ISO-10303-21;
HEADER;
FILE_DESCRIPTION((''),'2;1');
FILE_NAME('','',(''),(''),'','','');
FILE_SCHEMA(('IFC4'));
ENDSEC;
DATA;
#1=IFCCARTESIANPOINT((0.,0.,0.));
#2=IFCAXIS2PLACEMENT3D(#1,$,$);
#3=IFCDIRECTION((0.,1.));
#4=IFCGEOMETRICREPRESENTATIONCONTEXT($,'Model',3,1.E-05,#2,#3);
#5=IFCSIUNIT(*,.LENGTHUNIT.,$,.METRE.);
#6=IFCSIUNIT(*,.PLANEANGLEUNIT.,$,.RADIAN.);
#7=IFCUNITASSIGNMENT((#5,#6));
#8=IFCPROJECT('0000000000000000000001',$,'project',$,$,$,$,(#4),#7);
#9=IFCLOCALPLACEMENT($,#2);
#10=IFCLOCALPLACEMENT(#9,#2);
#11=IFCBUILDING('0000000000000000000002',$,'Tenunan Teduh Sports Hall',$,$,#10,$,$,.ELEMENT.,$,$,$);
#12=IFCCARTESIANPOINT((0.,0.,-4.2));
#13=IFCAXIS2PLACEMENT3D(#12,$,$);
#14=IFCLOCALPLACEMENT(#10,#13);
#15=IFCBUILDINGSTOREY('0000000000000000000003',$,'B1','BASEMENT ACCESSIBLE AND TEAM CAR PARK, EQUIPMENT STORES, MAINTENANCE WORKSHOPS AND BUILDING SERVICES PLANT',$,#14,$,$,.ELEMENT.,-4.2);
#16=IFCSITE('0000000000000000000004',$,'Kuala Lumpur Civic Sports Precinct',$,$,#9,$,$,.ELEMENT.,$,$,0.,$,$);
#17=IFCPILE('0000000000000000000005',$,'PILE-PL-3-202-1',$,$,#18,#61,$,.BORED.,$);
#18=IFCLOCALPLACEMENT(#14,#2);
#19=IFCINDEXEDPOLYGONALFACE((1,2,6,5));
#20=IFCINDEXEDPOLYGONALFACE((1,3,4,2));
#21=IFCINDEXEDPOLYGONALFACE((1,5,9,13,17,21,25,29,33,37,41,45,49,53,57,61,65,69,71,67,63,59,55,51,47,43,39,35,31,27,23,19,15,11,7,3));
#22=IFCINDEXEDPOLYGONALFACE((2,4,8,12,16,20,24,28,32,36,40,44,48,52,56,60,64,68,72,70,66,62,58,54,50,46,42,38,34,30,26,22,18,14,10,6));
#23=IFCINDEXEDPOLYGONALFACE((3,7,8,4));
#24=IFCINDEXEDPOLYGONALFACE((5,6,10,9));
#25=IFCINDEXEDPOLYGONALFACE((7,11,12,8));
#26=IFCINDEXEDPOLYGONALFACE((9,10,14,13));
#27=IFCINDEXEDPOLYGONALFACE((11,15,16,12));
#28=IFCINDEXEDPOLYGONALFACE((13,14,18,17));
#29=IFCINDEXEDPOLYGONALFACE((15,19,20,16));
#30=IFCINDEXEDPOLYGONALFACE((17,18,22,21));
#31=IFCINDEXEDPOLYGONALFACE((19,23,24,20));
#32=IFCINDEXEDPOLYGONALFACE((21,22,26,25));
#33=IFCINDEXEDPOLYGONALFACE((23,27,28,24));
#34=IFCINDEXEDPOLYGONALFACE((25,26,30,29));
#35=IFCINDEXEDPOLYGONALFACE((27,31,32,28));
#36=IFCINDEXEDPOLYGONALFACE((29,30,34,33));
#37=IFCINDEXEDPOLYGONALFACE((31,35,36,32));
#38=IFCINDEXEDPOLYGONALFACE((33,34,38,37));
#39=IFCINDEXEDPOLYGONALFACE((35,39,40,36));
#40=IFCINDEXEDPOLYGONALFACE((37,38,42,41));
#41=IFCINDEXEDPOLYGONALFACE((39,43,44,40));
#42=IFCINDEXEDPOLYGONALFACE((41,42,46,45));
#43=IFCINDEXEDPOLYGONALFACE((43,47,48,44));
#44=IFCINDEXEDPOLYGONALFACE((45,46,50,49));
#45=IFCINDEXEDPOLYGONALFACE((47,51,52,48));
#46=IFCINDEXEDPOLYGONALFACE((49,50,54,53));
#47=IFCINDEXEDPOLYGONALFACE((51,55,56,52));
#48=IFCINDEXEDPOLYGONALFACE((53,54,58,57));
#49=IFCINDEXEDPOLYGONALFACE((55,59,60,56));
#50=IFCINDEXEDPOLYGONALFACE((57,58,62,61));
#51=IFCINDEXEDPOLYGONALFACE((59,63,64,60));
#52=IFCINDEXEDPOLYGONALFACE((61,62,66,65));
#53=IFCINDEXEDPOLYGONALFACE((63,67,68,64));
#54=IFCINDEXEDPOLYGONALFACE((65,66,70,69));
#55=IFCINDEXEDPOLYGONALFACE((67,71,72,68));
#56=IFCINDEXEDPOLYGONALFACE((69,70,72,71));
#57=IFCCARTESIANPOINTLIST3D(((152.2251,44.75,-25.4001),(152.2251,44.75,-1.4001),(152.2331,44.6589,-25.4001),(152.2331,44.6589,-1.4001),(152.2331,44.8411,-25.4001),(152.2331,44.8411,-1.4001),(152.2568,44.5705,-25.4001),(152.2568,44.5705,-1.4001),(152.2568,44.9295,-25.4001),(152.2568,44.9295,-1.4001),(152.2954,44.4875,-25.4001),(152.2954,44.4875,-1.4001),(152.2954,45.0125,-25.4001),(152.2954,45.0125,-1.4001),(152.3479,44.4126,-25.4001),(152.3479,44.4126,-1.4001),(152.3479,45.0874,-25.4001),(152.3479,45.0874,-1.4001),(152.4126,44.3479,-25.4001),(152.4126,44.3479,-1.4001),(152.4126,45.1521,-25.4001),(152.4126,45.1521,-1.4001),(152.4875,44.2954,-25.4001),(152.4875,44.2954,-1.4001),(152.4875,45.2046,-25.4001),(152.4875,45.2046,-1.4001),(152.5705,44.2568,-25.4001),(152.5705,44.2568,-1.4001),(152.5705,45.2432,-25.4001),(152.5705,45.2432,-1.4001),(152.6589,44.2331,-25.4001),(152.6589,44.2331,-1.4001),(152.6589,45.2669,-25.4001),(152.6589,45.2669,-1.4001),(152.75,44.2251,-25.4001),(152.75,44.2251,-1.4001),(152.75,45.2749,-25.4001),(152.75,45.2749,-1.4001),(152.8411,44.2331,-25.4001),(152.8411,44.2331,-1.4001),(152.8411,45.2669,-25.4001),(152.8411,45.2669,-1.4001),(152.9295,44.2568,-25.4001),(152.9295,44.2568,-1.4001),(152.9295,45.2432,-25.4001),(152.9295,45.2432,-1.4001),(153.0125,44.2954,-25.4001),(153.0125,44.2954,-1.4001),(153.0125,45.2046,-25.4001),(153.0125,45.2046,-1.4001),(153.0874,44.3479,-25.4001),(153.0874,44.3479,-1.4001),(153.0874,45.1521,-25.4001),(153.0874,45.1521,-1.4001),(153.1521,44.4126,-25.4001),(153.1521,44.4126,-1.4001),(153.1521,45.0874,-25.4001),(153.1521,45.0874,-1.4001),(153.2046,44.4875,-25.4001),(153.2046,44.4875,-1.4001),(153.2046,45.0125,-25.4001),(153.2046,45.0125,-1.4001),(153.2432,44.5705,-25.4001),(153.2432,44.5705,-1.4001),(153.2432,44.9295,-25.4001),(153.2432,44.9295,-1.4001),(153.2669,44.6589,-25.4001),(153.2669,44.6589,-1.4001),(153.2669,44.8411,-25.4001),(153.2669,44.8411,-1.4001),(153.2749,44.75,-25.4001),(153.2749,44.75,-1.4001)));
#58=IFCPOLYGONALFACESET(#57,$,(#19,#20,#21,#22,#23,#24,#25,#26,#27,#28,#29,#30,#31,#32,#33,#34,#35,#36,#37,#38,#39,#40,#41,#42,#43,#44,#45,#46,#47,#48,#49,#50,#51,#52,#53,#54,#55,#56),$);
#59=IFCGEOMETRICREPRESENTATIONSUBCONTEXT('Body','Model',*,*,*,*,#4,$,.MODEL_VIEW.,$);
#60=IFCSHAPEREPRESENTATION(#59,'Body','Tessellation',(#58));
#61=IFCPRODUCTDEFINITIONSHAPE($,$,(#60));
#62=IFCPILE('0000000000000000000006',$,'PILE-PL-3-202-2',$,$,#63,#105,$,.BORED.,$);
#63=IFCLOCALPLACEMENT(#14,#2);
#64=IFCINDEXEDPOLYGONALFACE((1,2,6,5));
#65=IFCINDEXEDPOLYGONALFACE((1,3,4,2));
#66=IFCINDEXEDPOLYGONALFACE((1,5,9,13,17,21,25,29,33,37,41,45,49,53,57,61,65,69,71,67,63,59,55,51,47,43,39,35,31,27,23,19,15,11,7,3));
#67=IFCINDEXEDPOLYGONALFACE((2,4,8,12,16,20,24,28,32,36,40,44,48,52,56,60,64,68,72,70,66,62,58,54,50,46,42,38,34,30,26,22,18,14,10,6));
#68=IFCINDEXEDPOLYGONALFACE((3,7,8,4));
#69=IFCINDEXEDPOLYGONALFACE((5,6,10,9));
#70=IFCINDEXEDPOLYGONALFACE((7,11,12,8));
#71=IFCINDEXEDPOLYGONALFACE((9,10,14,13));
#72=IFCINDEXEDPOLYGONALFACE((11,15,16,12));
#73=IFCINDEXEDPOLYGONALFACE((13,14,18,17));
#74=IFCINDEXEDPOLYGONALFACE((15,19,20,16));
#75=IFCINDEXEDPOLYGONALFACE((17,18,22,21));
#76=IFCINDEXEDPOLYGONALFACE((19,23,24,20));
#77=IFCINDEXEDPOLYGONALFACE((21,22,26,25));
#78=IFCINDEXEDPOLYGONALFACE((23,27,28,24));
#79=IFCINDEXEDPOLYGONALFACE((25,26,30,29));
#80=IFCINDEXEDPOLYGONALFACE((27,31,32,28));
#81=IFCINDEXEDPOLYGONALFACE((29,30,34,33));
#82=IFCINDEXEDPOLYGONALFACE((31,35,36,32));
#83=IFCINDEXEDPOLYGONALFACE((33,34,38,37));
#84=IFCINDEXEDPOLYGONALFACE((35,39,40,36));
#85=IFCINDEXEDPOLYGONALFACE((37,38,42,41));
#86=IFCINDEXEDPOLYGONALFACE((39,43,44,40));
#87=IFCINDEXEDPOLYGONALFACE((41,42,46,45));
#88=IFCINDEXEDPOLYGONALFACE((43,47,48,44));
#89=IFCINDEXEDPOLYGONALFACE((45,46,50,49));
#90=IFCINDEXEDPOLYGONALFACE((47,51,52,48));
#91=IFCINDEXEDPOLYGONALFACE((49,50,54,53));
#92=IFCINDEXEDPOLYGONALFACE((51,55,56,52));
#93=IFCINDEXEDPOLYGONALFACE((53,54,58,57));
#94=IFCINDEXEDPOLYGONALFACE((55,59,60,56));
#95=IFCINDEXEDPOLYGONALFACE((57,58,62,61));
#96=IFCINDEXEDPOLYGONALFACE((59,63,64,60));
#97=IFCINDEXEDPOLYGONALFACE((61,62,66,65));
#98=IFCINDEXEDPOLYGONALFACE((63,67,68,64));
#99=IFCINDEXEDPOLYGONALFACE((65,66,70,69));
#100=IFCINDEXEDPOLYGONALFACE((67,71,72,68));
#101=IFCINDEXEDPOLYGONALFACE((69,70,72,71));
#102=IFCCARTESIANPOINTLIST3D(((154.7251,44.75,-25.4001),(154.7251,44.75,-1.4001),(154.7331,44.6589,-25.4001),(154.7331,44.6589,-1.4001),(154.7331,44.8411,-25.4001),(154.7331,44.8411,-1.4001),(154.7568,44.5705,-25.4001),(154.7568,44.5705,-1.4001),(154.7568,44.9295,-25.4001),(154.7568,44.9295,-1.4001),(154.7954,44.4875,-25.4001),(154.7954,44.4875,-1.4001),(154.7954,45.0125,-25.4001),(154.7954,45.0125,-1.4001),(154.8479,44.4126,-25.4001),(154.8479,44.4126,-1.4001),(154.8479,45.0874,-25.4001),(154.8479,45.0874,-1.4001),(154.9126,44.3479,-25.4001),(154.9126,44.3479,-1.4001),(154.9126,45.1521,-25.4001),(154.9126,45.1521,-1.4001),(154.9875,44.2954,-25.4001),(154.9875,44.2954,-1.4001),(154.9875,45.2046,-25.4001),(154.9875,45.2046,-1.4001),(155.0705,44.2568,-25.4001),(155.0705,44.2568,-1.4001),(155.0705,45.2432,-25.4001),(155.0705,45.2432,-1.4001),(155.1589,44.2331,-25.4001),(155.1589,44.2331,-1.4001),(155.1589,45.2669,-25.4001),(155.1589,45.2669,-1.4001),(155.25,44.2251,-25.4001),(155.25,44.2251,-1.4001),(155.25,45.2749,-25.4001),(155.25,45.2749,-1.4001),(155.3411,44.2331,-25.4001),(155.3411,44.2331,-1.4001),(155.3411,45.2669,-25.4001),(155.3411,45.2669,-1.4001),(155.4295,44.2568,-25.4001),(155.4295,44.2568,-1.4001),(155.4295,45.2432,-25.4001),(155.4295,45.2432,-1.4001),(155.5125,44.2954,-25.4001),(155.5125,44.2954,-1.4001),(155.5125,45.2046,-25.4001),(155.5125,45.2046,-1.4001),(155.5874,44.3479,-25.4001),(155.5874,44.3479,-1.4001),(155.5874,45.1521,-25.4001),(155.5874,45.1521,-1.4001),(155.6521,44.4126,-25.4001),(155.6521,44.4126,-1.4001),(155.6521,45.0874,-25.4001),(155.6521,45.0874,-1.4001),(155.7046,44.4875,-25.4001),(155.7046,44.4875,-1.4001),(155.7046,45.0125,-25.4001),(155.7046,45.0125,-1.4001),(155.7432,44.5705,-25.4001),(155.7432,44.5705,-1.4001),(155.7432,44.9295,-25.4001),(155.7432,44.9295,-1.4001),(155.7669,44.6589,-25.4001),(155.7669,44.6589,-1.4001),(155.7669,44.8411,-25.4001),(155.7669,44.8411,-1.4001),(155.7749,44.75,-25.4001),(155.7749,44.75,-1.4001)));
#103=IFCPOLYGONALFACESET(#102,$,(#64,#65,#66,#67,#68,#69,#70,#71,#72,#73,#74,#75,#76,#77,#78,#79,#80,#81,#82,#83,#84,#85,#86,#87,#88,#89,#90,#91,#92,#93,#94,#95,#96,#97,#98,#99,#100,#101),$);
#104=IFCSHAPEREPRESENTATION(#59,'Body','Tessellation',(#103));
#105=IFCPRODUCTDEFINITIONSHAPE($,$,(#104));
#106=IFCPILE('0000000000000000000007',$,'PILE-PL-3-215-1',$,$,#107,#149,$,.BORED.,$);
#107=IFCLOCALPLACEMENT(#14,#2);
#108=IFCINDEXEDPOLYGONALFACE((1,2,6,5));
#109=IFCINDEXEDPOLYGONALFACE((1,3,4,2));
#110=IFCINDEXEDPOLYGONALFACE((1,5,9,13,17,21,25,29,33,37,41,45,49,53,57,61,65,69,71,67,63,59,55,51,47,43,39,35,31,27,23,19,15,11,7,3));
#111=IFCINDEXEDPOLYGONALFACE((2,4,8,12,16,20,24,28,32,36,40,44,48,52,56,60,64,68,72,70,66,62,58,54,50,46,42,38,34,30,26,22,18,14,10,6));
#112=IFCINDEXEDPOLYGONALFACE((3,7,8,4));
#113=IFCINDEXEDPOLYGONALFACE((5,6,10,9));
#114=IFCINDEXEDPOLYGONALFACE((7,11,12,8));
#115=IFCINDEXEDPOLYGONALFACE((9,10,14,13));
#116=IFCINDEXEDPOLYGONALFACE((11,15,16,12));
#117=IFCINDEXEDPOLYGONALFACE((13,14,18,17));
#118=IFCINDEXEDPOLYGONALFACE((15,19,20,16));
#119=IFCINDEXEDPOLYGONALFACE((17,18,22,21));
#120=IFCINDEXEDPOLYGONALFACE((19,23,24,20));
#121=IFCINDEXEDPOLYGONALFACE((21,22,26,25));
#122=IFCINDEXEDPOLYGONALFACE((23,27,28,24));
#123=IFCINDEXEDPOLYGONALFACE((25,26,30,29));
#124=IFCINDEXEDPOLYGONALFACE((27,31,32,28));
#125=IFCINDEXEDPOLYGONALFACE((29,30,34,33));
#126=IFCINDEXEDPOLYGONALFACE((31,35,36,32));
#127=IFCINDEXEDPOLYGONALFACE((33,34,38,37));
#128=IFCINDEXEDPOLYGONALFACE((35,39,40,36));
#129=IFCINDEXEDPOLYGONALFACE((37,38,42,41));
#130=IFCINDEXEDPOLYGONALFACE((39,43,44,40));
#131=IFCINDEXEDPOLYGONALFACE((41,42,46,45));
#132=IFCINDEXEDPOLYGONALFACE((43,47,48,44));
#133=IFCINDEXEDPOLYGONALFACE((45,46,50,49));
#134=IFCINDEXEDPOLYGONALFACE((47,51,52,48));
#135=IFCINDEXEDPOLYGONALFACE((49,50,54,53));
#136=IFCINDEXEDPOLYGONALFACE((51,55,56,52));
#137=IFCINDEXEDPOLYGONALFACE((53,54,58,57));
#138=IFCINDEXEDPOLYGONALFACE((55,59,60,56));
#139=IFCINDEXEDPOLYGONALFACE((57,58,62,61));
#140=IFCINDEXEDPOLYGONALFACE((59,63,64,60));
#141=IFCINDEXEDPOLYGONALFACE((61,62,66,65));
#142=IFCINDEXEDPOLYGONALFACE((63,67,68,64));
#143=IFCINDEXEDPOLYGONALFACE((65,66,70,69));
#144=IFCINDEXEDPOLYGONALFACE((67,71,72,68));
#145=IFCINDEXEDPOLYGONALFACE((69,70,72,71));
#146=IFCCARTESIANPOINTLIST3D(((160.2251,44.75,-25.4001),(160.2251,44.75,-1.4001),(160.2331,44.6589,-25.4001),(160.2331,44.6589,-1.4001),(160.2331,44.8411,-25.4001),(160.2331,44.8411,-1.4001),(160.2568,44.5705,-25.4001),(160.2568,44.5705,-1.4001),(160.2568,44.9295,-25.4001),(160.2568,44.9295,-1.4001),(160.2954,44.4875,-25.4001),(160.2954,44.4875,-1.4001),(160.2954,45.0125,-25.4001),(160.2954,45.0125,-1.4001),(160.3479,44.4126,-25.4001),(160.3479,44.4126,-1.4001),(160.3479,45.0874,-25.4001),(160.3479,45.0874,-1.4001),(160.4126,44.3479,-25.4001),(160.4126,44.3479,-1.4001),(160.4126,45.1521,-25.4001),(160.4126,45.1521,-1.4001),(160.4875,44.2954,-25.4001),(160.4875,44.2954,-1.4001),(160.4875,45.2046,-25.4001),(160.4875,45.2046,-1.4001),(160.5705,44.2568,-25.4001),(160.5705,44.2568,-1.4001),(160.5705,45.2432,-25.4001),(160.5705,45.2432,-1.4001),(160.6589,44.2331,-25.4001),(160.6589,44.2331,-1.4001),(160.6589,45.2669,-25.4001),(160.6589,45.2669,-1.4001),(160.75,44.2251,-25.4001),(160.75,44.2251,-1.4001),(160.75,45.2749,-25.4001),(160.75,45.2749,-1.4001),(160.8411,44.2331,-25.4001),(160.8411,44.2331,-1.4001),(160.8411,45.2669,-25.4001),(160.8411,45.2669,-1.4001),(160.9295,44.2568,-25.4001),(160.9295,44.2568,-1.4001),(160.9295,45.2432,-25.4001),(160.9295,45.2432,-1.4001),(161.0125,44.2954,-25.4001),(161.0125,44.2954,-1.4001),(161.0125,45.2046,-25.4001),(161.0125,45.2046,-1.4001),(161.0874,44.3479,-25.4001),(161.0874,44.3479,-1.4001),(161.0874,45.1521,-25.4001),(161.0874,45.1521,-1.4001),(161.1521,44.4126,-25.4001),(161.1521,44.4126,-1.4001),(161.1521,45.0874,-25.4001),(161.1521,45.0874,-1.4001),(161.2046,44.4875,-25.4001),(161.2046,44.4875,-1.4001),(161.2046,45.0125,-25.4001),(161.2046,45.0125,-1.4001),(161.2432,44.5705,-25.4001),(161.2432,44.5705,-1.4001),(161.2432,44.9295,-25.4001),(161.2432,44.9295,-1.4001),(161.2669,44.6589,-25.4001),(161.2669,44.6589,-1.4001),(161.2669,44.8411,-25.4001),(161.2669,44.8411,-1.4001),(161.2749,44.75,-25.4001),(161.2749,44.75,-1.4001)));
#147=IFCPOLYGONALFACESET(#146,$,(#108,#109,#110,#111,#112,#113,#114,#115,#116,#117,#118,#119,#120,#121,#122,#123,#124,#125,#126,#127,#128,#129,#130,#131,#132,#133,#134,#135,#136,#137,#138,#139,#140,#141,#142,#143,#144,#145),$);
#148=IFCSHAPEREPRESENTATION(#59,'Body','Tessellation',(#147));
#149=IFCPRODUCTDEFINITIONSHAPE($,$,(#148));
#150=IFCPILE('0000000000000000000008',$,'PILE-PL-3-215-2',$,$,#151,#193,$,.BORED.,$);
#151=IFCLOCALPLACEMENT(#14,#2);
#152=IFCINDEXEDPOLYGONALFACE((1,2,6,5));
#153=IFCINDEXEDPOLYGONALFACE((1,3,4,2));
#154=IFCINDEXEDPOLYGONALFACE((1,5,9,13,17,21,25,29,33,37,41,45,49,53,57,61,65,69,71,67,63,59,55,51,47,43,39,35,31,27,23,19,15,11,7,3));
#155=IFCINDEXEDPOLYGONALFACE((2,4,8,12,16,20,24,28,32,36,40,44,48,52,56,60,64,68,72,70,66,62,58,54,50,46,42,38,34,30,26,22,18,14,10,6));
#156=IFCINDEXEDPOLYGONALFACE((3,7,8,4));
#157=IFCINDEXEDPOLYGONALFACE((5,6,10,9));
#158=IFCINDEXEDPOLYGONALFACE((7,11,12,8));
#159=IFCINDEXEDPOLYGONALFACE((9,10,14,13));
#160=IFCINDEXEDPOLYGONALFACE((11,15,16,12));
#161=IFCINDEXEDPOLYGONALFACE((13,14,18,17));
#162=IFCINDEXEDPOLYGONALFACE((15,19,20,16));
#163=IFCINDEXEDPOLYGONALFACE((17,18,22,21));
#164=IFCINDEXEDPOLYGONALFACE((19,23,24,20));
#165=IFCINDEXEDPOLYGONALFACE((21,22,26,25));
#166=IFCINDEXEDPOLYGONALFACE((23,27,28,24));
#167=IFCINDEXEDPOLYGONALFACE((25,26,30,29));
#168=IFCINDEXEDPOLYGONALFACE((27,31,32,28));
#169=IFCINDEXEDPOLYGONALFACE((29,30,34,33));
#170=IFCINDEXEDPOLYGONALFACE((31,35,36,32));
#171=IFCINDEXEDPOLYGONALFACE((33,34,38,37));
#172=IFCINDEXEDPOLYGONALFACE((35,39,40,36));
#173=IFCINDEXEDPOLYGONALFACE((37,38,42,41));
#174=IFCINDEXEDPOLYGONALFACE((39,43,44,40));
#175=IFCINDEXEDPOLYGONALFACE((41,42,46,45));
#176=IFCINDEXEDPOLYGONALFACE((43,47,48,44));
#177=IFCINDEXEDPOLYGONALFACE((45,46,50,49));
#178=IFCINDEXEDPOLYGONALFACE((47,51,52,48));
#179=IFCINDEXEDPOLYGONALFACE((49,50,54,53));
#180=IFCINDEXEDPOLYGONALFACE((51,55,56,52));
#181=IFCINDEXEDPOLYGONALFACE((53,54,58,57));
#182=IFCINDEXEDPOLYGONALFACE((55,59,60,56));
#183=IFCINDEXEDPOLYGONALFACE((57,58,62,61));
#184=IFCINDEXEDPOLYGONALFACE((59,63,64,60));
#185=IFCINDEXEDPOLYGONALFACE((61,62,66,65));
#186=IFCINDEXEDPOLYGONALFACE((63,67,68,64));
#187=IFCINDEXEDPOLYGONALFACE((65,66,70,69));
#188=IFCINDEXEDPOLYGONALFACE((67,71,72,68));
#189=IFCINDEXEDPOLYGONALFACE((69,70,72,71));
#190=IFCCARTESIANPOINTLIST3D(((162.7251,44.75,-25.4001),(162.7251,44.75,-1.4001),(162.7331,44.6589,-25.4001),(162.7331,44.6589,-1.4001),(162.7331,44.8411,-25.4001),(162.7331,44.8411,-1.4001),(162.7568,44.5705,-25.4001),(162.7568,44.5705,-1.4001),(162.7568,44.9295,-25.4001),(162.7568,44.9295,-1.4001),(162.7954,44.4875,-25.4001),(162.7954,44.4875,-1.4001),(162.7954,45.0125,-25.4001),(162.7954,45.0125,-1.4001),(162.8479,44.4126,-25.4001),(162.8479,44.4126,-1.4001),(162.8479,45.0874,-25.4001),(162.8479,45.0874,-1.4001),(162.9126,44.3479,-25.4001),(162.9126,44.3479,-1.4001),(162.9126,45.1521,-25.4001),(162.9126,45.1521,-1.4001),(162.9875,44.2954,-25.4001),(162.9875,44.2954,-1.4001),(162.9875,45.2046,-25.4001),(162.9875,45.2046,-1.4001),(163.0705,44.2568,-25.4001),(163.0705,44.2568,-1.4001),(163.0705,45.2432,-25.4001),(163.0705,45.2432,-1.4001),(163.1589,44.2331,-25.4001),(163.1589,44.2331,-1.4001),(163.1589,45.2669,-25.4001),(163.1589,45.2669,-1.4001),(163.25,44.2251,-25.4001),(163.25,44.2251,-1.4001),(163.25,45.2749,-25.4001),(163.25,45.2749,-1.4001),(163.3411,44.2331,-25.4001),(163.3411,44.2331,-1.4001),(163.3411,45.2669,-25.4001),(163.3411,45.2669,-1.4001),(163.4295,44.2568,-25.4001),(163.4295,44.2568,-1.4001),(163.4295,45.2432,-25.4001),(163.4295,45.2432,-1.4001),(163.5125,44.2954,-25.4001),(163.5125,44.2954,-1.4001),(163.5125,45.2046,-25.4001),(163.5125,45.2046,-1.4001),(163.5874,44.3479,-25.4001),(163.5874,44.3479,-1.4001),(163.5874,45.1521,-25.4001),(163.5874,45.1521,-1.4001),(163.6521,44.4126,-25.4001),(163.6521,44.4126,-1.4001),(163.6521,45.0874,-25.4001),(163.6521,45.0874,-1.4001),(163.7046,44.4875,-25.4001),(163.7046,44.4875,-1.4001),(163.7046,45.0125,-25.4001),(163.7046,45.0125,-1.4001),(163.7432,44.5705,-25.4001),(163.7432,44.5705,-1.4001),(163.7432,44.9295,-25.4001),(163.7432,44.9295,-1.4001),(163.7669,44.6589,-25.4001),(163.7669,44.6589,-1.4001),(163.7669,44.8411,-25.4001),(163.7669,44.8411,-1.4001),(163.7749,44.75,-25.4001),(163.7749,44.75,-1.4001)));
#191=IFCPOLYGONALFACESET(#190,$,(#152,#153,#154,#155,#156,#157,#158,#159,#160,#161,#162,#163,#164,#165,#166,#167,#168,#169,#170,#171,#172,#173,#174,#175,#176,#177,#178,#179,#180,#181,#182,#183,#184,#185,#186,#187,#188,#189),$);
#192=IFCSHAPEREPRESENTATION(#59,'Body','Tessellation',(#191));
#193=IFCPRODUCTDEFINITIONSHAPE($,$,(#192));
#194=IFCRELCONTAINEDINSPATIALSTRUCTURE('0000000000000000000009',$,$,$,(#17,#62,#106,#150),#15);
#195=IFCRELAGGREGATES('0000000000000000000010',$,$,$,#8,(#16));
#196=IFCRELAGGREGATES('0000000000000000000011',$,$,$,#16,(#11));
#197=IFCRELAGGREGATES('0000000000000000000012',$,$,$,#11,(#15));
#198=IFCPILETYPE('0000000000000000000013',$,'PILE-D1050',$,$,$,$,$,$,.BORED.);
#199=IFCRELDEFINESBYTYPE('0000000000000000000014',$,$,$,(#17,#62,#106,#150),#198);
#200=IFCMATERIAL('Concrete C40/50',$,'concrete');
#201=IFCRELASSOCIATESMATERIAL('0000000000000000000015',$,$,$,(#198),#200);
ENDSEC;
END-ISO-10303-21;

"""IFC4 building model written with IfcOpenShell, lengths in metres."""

from ifc_helpers import new_model, si_unit, direction, frame, origin, origin_2d, place, context, subcontext, project, spatial, circle, extrude, material, material_profile, profile_set, type_object, element, save


model = new_model("IFC4")

# Units and contexts
model_context = context("Model", 3, precision=1e-05, world=origin(), true_north=direction((0.0, 1.0)))
body_context = subcontext(model_context, "Body", "Model", "MODEL_VIEW")
ifc_project = project(units=[si_unit("LENGTHUNIT", "METRE"), si_unit("PLANEANGLEUNIT", "RADIAN")], contexts=[model_context])

# Site, building, storey
site_placement = place(None, origin())
site = spatial("IfcSite", under=ifc_project, at=site_placement, Name="Kuala Lumpur Civic Sports Precinct", CompositionType="ELEMENT", RefElevation=0.0)
building_placement = place(site_placement, origin())
building = spatial("IfcBuilding", under=site, at=building_placement, Name="Tenunan Teduh Sports Hall", CompositionType="ELEMENT")
storey_placement = place(building_placement, frame((0.0, 0.0, -4.2)))
storey = spatial("IfcBuildingStorey", under=building, at=storey_placement, Name="B1", Description="BASEMENT ACCESSIBLE AND TEAM CAR PARK, EQUIPMENT STORES, MAINTENANCE WORKSHOPS AND BUILDING SERVICES PLANT", CompositionType="ELEMENT", Elevation=-4.2)

# Piles
ifc_material_1 = material(Name="Concrete C40/50", Category="concrete")
ifc_material_profile_1 = material_profile(ifc_material_1, circle(Radius=0.5249, at=origin_2d()), Name="PILE D1050")
ifc_profile_set_1 = profile_set([ifc_material_profile_1], Name="Concrete C40/50")
pile_type_1 = type_object("IfcPileType", Name="PILE-D1050", PredefinedType="BORED", material=ifc_profile_set_1)
for number, where, z_axis, x_axis, name in (
    (1, (152.75, 44.75, -1.4001), (0.0, 0.0, -1.0), (1.0, 0.0, 0.0), "PILE-PL-3-202-1"),
    (2, (155.25, 44.75, -1.4001), (0.0, 0.0, -1.0), (1.0, 0.0, 0.0), "PILE-PL-3-202-2"),
    (3, (160.75, 44.75, -1.4001), (0.0, 0.0, -1.0), (1.0, 0.0, 0.0), "PILE-PL-3-215-1"),
    (4, (163.25, 44.75, -1.4001), (0.0, 0.0, -1.0), (1.0, 0.0, 0.0), "PILE-PL-3-215-2"),
):
    element("IfcPile", number, at=place(storey_placement, frame(where, z_axis=z_axis, x_axis=x_axis)), inside=storey, type_object=pile_type_1, Name=name, PredefinedType="BORED", context=body_context, shape_type="SweptSolid", body=[
        extrude(circle(Radius=0.5249, at=origin_2d()), origin(), (0.0, 0.0, 1.0), 24.0),
    ])

save(model, "model.ifc")
